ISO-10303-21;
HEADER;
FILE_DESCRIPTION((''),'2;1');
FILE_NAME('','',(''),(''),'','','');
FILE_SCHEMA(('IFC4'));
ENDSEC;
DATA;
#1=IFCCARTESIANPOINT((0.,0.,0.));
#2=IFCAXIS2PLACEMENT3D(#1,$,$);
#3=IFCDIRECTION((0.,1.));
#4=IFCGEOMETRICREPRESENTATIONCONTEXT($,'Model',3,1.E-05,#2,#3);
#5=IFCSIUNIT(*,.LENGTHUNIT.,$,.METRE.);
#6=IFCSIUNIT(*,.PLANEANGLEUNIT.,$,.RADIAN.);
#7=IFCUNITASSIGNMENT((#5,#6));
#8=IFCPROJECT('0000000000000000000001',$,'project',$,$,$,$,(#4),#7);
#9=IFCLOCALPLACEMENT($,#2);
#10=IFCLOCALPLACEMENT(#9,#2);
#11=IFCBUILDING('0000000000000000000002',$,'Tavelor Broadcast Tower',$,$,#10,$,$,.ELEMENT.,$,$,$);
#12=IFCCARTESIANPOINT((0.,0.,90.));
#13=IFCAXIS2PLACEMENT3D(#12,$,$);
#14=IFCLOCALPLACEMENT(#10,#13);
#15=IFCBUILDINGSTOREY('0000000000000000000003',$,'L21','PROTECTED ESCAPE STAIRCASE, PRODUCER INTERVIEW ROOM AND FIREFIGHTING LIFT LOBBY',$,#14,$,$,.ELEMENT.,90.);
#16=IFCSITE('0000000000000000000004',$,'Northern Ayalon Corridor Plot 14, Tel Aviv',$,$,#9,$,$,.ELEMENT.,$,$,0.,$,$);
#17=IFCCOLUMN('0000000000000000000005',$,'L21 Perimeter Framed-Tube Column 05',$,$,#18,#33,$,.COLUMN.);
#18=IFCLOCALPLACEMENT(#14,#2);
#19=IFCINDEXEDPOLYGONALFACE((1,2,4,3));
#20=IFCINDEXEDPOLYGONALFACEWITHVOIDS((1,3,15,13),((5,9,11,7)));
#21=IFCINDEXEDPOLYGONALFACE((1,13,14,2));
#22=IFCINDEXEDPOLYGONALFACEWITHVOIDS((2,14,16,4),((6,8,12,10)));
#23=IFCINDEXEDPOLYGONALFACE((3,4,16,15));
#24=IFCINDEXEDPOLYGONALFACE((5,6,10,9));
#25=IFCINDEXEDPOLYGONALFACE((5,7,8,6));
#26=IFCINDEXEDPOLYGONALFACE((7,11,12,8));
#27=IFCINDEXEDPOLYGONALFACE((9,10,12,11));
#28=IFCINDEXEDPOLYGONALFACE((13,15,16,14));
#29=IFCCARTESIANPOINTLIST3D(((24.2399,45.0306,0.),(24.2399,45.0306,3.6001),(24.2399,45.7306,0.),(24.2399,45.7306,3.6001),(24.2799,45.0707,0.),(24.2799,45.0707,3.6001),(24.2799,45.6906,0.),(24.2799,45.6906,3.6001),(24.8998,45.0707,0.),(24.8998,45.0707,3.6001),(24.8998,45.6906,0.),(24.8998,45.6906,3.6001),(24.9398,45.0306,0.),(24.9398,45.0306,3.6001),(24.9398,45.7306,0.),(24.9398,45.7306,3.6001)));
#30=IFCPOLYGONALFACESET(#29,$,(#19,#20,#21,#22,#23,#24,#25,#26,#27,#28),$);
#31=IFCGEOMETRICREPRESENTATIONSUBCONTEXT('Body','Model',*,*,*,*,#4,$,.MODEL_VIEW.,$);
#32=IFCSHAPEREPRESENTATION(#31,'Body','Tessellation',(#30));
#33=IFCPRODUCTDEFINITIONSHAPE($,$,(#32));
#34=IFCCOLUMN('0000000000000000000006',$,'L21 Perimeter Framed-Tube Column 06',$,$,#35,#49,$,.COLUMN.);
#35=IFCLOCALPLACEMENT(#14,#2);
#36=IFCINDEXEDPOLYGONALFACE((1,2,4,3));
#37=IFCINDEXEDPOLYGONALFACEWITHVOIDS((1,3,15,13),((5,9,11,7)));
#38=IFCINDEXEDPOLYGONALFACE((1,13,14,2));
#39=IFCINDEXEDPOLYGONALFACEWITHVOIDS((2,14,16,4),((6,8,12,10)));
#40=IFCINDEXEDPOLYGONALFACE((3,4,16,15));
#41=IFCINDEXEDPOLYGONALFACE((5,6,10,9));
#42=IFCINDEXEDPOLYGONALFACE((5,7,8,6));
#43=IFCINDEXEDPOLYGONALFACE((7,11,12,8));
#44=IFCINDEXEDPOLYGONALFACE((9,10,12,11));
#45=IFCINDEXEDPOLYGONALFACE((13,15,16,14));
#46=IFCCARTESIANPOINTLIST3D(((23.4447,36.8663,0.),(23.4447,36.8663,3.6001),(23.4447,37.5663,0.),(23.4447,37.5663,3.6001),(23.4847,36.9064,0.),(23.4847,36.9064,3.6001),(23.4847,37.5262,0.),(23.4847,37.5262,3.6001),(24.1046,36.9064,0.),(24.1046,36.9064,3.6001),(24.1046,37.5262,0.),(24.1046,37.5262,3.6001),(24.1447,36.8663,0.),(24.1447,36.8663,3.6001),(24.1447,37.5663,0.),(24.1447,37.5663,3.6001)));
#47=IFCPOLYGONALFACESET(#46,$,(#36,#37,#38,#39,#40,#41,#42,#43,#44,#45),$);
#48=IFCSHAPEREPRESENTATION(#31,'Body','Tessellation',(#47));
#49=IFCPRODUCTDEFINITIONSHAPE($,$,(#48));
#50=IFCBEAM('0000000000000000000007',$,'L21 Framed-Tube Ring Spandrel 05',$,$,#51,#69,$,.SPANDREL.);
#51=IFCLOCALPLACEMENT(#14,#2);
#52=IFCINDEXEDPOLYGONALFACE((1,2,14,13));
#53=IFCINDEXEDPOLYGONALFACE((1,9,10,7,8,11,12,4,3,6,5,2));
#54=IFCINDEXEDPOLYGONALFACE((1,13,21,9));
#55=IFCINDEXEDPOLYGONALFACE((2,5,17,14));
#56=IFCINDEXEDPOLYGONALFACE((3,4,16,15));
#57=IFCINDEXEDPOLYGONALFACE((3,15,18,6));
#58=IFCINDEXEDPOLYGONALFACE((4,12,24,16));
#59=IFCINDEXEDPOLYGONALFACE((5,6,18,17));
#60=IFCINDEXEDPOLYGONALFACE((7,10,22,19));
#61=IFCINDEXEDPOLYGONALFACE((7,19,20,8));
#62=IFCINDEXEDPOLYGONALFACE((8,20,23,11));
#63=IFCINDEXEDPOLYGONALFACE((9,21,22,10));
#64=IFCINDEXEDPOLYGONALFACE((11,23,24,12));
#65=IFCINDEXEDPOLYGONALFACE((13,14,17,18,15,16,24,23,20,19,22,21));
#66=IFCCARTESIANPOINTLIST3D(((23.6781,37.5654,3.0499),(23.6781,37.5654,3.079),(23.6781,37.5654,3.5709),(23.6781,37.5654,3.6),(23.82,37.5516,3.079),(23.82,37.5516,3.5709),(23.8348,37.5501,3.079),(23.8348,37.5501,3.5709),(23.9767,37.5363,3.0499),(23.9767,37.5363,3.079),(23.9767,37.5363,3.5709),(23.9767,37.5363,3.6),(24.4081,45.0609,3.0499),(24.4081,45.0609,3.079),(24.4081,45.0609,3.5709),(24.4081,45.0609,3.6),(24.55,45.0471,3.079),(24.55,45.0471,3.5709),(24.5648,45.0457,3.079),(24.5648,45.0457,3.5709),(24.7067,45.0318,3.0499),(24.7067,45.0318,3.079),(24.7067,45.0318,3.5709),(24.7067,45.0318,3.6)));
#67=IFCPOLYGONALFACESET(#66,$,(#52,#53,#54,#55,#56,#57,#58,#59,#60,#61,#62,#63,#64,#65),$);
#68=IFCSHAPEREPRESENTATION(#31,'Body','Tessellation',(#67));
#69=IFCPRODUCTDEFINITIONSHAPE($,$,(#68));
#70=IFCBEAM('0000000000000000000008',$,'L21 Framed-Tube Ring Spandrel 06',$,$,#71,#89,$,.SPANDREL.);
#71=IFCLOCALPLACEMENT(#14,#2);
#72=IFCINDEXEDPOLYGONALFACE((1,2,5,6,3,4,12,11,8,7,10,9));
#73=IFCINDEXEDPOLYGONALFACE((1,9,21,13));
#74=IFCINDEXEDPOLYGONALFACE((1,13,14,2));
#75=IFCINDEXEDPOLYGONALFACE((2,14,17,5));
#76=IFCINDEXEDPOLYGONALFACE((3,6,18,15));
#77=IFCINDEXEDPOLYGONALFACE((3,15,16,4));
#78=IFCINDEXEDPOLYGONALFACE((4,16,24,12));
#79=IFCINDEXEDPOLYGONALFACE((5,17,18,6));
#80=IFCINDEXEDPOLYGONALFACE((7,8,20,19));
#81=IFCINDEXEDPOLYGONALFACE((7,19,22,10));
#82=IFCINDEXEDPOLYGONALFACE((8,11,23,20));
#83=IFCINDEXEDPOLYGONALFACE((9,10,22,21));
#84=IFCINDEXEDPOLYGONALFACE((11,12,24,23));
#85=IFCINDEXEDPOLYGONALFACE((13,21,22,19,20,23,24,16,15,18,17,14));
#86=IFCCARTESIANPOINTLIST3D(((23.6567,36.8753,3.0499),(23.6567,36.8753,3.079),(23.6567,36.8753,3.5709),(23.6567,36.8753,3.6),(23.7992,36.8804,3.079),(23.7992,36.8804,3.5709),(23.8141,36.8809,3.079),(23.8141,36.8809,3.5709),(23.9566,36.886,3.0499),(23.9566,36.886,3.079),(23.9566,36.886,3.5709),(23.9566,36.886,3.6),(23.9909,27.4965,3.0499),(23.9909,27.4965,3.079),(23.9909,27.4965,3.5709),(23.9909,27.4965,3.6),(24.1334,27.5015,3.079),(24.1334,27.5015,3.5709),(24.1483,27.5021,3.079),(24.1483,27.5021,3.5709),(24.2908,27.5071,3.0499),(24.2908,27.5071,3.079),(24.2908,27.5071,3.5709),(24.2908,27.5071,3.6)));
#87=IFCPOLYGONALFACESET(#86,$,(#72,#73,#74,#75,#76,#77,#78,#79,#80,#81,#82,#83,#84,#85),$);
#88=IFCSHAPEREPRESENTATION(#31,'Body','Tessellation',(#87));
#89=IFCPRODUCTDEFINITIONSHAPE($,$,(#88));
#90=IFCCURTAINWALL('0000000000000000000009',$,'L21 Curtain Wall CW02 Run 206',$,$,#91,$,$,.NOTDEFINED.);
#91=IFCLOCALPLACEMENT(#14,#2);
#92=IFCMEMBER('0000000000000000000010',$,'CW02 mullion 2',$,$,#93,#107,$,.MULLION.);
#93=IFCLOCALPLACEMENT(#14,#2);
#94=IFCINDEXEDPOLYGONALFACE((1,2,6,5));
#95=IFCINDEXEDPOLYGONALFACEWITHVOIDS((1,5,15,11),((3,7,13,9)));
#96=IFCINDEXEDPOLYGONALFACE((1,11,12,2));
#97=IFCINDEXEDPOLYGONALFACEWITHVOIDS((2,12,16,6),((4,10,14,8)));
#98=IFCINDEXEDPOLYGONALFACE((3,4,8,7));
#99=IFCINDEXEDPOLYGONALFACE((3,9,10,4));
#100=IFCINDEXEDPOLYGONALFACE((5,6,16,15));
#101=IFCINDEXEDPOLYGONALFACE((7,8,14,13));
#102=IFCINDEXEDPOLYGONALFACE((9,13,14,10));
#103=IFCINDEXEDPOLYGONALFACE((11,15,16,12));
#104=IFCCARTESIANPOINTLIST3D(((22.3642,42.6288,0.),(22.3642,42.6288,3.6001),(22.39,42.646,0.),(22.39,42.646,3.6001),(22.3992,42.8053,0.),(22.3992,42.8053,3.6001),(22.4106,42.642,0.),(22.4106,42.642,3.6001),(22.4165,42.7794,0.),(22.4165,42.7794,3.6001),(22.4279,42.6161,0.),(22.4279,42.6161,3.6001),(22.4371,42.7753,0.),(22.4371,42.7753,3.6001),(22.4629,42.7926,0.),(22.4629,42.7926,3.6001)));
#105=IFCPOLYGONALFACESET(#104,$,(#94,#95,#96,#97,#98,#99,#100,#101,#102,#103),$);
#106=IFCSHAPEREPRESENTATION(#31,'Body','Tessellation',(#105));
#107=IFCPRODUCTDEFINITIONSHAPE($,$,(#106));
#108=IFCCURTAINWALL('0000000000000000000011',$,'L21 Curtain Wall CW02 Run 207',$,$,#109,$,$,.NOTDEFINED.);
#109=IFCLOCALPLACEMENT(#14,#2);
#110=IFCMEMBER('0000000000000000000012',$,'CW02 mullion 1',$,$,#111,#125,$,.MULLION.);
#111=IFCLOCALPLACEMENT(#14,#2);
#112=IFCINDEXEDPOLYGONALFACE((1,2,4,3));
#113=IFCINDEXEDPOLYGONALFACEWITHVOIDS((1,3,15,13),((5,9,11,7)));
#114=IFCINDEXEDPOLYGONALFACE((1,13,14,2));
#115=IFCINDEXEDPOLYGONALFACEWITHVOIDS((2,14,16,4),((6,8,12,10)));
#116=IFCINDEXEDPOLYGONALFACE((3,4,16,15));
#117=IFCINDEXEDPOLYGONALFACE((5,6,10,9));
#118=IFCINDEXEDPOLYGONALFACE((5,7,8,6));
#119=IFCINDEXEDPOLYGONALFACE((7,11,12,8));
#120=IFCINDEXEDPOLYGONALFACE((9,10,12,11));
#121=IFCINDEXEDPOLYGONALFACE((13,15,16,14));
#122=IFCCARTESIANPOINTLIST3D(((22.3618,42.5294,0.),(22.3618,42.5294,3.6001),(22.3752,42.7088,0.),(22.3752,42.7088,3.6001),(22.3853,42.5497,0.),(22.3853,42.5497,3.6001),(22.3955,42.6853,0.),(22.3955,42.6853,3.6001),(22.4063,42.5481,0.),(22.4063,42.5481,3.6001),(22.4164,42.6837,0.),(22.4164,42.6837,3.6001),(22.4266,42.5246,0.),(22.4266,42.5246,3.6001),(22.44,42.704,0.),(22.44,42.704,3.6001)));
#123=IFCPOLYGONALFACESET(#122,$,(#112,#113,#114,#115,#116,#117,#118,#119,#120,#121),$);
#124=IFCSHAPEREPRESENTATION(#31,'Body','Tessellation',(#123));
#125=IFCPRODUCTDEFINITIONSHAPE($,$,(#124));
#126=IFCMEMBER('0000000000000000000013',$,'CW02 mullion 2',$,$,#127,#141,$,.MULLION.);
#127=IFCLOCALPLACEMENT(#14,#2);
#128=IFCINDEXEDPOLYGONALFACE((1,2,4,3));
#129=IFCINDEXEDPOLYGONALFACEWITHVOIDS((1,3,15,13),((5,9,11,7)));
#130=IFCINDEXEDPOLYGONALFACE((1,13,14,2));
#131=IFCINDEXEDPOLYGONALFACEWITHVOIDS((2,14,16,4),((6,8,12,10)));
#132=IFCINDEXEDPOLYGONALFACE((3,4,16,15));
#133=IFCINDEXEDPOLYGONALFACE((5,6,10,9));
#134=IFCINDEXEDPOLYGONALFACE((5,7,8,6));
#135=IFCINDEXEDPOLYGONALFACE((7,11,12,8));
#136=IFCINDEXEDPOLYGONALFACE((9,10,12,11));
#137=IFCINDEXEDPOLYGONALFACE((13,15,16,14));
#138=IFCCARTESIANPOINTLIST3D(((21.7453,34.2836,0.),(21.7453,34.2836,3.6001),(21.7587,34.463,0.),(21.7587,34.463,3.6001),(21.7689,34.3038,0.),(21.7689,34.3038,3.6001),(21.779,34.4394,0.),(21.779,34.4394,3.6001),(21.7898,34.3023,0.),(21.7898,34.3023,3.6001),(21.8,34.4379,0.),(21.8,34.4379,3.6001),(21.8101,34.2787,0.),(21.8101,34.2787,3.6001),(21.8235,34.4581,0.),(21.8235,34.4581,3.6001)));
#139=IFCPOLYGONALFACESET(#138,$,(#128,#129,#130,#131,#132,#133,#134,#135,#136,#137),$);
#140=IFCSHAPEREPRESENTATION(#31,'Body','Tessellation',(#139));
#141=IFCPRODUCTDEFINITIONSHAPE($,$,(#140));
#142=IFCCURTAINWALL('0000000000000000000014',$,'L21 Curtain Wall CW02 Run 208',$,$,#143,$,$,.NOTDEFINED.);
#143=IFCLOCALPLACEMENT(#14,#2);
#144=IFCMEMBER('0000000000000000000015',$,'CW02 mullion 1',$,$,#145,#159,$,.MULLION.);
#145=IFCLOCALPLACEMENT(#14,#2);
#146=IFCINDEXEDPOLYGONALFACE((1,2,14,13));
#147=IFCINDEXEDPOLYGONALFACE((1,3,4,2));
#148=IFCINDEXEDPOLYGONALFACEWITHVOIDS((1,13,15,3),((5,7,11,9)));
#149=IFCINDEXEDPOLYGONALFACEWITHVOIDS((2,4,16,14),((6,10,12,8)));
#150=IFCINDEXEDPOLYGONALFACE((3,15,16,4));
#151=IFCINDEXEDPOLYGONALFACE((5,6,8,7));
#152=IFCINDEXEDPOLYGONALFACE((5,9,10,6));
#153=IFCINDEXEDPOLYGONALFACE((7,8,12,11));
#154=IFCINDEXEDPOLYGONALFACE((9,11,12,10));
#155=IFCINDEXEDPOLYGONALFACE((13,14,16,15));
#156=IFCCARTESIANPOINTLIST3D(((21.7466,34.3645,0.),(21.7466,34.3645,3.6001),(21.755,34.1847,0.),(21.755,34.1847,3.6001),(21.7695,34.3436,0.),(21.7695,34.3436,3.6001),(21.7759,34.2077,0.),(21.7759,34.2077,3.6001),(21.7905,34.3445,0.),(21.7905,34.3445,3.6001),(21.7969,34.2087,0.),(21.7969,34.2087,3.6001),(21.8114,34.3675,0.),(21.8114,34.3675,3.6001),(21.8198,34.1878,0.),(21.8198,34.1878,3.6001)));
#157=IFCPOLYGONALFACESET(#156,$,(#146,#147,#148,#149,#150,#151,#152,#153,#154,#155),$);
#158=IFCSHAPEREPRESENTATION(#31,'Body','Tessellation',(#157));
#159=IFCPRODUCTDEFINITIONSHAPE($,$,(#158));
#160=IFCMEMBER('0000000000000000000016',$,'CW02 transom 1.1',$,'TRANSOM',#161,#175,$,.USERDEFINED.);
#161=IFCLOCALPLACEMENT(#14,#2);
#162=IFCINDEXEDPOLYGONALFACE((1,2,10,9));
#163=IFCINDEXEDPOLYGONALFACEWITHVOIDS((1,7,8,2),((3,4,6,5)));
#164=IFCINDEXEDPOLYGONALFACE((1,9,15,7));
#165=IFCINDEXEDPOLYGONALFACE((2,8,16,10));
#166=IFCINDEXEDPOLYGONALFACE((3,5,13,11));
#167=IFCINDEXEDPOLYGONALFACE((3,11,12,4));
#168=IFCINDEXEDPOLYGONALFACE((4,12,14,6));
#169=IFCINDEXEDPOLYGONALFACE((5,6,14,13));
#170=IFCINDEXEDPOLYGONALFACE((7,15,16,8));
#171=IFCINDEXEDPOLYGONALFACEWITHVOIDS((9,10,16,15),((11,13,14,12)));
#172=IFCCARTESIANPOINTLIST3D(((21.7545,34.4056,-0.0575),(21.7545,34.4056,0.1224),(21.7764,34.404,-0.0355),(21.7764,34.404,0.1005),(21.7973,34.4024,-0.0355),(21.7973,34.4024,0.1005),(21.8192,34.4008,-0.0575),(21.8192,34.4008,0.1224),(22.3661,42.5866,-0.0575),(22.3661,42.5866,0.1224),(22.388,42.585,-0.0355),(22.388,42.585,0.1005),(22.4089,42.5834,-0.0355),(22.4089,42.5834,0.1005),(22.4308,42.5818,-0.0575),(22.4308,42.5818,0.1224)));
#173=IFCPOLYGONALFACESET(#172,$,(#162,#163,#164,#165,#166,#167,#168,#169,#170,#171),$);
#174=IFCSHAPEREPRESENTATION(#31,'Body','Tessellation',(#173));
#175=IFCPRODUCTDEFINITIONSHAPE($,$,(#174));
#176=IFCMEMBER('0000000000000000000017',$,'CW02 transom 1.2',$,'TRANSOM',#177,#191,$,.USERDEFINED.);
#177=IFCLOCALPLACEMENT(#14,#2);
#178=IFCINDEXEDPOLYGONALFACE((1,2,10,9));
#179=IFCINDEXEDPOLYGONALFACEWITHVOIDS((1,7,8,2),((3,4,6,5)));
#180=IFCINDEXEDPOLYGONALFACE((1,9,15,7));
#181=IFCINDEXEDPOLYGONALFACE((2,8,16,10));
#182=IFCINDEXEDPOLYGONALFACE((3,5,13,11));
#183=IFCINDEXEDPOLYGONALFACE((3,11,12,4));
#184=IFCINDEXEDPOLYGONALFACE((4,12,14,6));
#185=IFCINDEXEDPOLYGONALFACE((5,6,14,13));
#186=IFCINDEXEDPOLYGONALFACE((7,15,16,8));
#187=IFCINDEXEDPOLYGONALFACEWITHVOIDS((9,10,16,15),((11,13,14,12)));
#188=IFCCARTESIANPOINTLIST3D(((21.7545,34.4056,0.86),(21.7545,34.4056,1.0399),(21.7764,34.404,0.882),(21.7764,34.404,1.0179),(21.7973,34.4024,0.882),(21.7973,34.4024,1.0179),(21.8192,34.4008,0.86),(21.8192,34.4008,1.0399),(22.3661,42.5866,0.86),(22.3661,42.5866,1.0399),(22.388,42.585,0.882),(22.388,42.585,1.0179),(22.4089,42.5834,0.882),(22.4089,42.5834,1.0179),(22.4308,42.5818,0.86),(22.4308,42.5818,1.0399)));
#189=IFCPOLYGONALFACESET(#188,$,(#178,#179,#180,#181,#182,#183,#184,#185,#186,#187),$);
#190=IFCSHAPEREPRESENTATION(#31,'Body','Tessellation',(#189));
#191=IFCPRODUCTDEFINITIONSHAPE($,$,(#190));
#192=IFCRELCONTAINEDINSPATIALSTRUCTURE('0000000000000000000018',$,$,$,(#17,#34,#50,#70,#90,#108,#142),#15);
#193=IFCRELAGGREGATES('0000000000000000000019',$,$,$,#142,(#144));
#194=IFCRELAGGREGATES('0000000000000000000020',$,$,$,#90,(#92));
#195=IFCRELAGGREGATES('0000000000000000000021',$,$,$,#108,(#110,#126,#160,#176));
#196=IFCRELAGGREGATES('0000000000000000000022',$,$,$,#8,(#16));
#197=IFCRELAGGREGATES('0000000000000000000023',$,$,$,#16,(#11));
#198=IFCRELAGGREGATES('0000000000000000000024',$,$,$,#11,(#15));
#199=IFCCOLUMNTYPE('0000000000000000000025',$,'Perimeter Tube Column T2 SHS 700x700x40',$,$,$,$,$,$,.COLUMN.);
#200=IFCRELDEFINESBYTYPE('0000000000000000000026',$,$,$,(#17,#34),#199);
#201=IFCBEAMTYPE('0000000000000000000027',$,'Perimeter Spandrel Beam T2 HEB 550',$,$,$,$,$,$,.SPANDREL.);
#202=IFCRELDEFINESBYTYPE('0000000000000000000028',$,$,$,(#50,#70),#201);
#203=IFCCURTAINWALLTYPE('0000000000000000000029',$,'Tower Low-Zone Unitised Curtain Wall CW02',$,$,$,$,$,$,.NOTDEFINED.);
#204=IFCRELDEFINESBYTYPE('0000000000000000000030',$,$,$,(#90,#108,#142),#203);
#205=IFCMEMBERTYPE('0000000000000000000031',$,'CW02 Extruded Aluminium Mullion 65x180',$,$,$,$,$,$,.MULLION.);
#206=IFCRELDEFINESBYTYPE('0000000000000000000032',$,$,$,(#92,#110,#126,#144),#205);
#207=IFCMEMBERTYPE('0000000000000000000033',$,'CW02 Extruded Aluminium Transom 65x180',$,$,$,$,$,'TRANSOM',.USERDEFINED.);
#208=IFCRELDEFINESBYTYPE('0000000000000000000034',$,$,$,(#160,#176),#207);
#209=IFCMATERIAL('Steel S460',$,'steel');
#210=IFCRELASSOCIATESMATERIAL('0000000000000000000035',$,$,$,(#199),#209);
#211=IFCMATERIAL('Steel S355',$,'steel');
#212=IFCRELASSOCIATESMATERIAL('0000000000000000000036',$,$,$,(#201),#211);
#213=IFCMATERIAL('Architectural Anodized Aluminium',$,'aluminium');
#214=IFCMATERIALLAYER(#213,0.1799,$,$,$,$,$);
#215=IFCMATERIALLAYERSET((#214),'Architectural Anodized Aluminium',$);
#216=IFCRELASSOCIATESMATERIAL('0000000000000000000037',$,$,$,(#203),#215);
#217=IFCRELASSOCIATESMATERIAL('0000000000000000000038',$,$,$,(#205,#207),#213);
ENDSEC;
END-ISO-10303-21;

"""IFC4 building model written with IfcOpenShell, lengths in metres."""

from ifc_helpers import new_model, si_unit, direction, frame, origin, origin_2d, place, context, subcontext, project, spatial, hollow_rectangle, i_section, extrude, source, transform, mapped, material, layer, layer_set, material_profile, profile_set, type_object, type_shapes, element, aggregate, save


model = new_model("IFC4")

# Units and contexts
model_context = context("Model", 3, precision=1e-05, world=origin(), true_north=direction((0.0, 1.0)))
body_context = subcontext(model_context, "Body", "Model", "MODEL_VIEW")
ifc_project = project(units=[si_unit("LENGTHUNIT", "METRE"), si_unit("PLANEANGLEUNIT", "RADIAN")], contexts=[model_context])

# Site, building, storey
site_placement = place(None, origin())
site = spatial("IfcSite", under=ifc_project, at=site_placement, Name="Northern Ayalon Corridor Plot 14, Tel Aviv", CompositionType="ELEMENT", RefElevation=0.0)
building_placement = place(site_placement, origin())
building = spatial("IfcBuilding", under=site, at=building_placement, Name="Tavelor Broadcast Tower", CompositionType="ELEMENT")
storey_placement = place(building_placement, frame((0.0, 0.0, 90.0)))
storey = spatial("IfcBuildingStorey", under=building, at=storey_placement, Name="L21", Description="PROTECTED ESCAPE STAIRCASE, PRODUCER INTERVIEW ROOM AND FIREFIGHTING LIFT LOBBY", CompositionType="ELEMENT", Elevation=90.0)

# Columns
ifc_material_1 = material(Name="Steel S460", Category="steel")
ifc_material_profile_1 = material_profile(ifc_material_1, hollow_rectangle(XDim=0.7, YDim=0.7, WallThickness=0.04, at=origin_2d()), Name="SHS 700x700x40")
ifc_profile_set_1 = profile_set([ifc_material_profile_1], Name="Steel S460")
column_type = type_object("IfcColumnType", Name="Perimeter Tube Column T2 SHS 700x700x40", PredefinedType="COLUMN", material=ifc_profile_set_1)
for number, where, z_axis, x_axis, name in (
    (1, (24.5898, 45.3806, 0.0), (0.0, 0.0, 1.0), (1.0, 0.0, 0.0), "L21 Perimeter Framed-Tube Column 05"),
    (2, (23.7947, 37.2163, 0.0), (0.0, 0.0, 1.0), (1.0, 0.0, 0.0), "L21 Perimeter Framed-Tube Column 06"),
):
    element("IfcColumn", number, at=place(storey_placement, frame(where, z_axis=z_axis, x_axis=x_axis)), inside=storey, type_object=column_type, Name=name, PredefinedType="COLUMN", context=body_context, shape_type="SweptSolid", body=[
        extrude(hollow_rectangle(XDim=0.7, YDim=0.7, WallThickness=0.04, at=origin_2d()), origin(), (0.0, 0.0, 1.0), 3.6001),
    ])

# Beams
ifc_material_2 = material(Name="Steel S355", Category="steel")
ifc_material_profile_2 = material_profile(ifc_material_2, i_section(OverallWidth=0.3, OverallDepth=0.55, WebThickness=0.0149, FlangeThickness=0.0291, at=origin_2d()), Name="HEB 550")
ifc_profile_set_2 = profile_set([ifc_material_profile_2], Name="Steel S355")
beam_type = type_object("IfcBeamType", Name="Perimeter Spandrel Beam T2 HEB 550", PredefinedType="SPANDREL", material=ifc_profile_set_2)
beam_1_placement = place(storey_placement, frame((24.5574, 45.0464, 3.325), z_axis=(-0.096929, -0.995291, 0.0), x_axis=(0.995291, -0.096929, 0.0)))
element("IfcBeam", 3, at=beam_1_placement, inside=storey, type_object=beam_type, Name="L21 Framed-Tube Ring Spandrel 05", PredefinedType="SPANDREL", context=body_context, shape_type="SweptSolid", body=[
    extrude(i_section(OverallWidth=0.3, OverallDepth=0.55, WebThickness=0.0149, FlangeThickness=0.0291, at=origin_2d()), origin(), (0.0, 0.0, 1.0), 7.531),
])
beam_2_placement = place(storey_placement, frame((23.8066, 36.8806, 3.325), z_axis=(0.035614, -0.999366, 0.0), x_axis=(0.999366, 0.035614, 0.0)))
element("IfcBeam", 4, at=beam_2_placement, inside=storey, type_object=beam_type, Name="L21 Framed-Tube Ring Spandrel 06", PredefinedType="SPANDREL", context=body_context, shape_type="SweptSolid", body=[
    extrude(i_section(OverallWidth=0.3, OverallDepth=0.55, WebThickness=0.0149, FlangeThickness=0.0291, at=origin_2d()), origin(), (0.0, 0.0, 1.0), 9.3848),
])

# Curtain wall, member
ifc_material_3 = material(Name="Architectural Anodized Aluminium", Category="aluminium")
ifc_layer_1 = layer(ifc_material_3, 0.1799)
ifc_layer_set_1 = layer_set([ifc_layer_1], Name="Architectural Anodized Aluminium")
curtain_wall_type = type_object("IfcCurtainWallType", Name="Tower Low-Zone Unitised Curtain Wall CW02", PredefinedType="NOTDEFINED", material=ifc_layer_set_1)
curtain_wall_1_placement = place(storey_placement, origin())
curtain_wall_1 = element("IfcCurtainWall", 5, at=curtain_wall_1_placement, inside=storey, type_object=curtain_wall_type, Name="L21 Curtain Wall CW02 Run 206", PredefinedType="NOTDEFINED")
ifc_material_profile_3 = material_profile(ifc_material_3, hollow_rectangle(XDim=0.0649, YDim=0.1799, WallThickness=0.022, at=origin_2d()), Name="RHS 65x180x22")
ifc_profile_set_3 = profile_set([ifc_material_profile_3], Name="Architectural Anodized Aluminium")
member_type_1 = type_object("IfcMemberType", Name="CW02 Extruded Aluminium Mullion 65x180", PredefinedType="MULLION", material=ifc_profile_set_3)
shared_shape_1 = source(origin(), body_context, "Body", "SweptSolid", [
    extrude(hollow_rectangle(XDim=0.0649, YDim=0.1799, WallThickness=0.022, at=origin_2d()), origin(), (0.0, 0.0, 1.0), 3.6001),
])
type_shapes(member_type_1, [shared_shape_1])
member_1_placement = place(storey_placement, frame((22.4136, 42.7107, 0.0), z_axis=(0.0, 0.0, 1.0), x_axis=(0.980873, -0.194651, 0.0)))
member_1 = element("IfcMember", 6, at=member_1_placement, type_object=member_type_1, Name="CW02 mullion 2", PredefinedType="MULLION", context=body_context, shape_type="MappedRepresentation", body=[
    mapped(shared_shape_1, transform((0.0, 0.0, 0.0), scale=1.0)),
])

# Curtain wall, members
curtain_wall_2_placement = place(storey_placement, origin())
curtain_wall_2 = element("IfcCurtainWall", 7, at=curtain_wall_2_placement, inside=storey, type_object=curtain_wall_type, Name="L21 Curtain Wall CW02 Run 207", PredefinedType="NOTDEFINED")
member_2_placement = place(storey_placement, frame((22.4009, 42.6167, 0.0), z_axis=(0.0, 0.0, 1.0), x_axis=(0.997219, -0.074528, 0.0)))
member_2 = element("IfcMember", 8, at=member_2_placement, type_object=member_type_1, Name="CW02 mullion 1", PredefinedType="MULLION", context=body_context, shape_type="MappedRepresentation", body=[
    mapped(shared_shape_1, transform((0.0, 0.0, 0.0), scale=1.0)),
])
member_3_placement = place(storey_placement, frame((21.7844, 34.3708, 0.0), z_axis=(0.0, 0.0, 1.0), x_axis=(0.997219, -0.074528, 0.0)))
member_3 = element("IfcMember", 9, at=member_3_placement, type_object=member_type_1, Name="CW02 mullion 2", PredefinedType="MULLION", context=body_context, shape_type="MappedRepresentation", body=[
    mapped(shared_shape_1, transform((0.0, 0.0, 0.0), scale=1.0)),
])

# Curtain wall, member
curtain_wall_3_placement = place(storey_placement, origin())
curtain_wall_3 = element("IfcCurtainWall", 10, at=curtain_wall_3_placement, inside=storey, type_object=curtain_wall_type, Name="L21 Curtain Wall CW02 Run 208", PredefinedType="NOTDEFINED")
member_4_placement = place(storey_placement, frame((21.7832, 34.2761, 0.0), z_axis=(0.0, 0.0, 1.0), x_axis=(0.998909, 0.046695, 0.0)))
member_4 = element("IfcMember", 11, at=member_4_placement, type_object=member_type_1, Name="CW02 mullion 1", PredefinedType="MULLION", context=body_context, shape_type="MappedRepresentation", body=[
    mapped(shared_shape_1, transform((0.0, 0.0, 0.0), scale=1.0)),
])

# Members
ifc_material_profile_4 = material_profile(ifc_material_3, hollow_rectangle(XDim=0.0649, YDim=0.1799, WallThickness=0.022, at=origin_2d()), Name="RHS 65x180x22")
ifc_profile_set_4 = profile_set([ifc_material_profile_4], Name="Architectural Anodized Aluminium")
member_type_2 = type_object("IfcMemberType", Name="CW02 Extruded Aluminium Transom 65x180", ElementType="TRANSOM", PredefinedType="USERDEFINED", material=ifc_profile_set_4)
shared_shape_2 = source(origin(), body_context, "Body", "SweptSolid", [
    extrude(hollow_rectangle(XDim=0.0649, YDim=0.1799, WallThickness=0.022, at=origin_2d()), origin(), (0.0, 0.0, 1.0), 8.2039),
])
member_5_placement = place(storey_placement, frame((22.3984, 42.5842, 0.0325), z_axis=(-0.074548, -0.997217, 0.0), x_axis=(0.997217, -0.074548, 0.0)))
member_5 = element("IfcMember", 12, at=member_5_placement, type_object=member_type_2, Name="CW02 transom 1.1", ObjectType="TRANSOM", PredefinedType="USERDEFINED", context=body_context, shape_type="MappedRepresentation", body=[
    mapped(shared_shape_2, transform((0.0, 0.0, 0.0), scale=1.0)),
])
member_6_placement = place(storey_placement, frame((22.3984, 42.5842, 0.95), z_axis=(-0.074548, -0.997217, 0.0), x_axis=(0.997217, -0.074548, 0.0)))
member_6 = element("IfcMember", 13, at=member_6_placement, type_object=member_type_2, Name="CW02 transom 1.2", ObjectType="TRANSOM", PredefinedType="USERDEFINED", context=body_context, shape_type="MappedRepresentation", body=[
    mapped(shared_shape_2, transform((0.0, 0.0, 0.0), scale=1.0)),
])
aggregate(curtain_wall_3, [member_4])

aggregate(curtain_wall_1, [member_1])
aggregate(curtain_wall_2, [member_2, member_3, member_5, member_6])

save(model, "model.ifc")
